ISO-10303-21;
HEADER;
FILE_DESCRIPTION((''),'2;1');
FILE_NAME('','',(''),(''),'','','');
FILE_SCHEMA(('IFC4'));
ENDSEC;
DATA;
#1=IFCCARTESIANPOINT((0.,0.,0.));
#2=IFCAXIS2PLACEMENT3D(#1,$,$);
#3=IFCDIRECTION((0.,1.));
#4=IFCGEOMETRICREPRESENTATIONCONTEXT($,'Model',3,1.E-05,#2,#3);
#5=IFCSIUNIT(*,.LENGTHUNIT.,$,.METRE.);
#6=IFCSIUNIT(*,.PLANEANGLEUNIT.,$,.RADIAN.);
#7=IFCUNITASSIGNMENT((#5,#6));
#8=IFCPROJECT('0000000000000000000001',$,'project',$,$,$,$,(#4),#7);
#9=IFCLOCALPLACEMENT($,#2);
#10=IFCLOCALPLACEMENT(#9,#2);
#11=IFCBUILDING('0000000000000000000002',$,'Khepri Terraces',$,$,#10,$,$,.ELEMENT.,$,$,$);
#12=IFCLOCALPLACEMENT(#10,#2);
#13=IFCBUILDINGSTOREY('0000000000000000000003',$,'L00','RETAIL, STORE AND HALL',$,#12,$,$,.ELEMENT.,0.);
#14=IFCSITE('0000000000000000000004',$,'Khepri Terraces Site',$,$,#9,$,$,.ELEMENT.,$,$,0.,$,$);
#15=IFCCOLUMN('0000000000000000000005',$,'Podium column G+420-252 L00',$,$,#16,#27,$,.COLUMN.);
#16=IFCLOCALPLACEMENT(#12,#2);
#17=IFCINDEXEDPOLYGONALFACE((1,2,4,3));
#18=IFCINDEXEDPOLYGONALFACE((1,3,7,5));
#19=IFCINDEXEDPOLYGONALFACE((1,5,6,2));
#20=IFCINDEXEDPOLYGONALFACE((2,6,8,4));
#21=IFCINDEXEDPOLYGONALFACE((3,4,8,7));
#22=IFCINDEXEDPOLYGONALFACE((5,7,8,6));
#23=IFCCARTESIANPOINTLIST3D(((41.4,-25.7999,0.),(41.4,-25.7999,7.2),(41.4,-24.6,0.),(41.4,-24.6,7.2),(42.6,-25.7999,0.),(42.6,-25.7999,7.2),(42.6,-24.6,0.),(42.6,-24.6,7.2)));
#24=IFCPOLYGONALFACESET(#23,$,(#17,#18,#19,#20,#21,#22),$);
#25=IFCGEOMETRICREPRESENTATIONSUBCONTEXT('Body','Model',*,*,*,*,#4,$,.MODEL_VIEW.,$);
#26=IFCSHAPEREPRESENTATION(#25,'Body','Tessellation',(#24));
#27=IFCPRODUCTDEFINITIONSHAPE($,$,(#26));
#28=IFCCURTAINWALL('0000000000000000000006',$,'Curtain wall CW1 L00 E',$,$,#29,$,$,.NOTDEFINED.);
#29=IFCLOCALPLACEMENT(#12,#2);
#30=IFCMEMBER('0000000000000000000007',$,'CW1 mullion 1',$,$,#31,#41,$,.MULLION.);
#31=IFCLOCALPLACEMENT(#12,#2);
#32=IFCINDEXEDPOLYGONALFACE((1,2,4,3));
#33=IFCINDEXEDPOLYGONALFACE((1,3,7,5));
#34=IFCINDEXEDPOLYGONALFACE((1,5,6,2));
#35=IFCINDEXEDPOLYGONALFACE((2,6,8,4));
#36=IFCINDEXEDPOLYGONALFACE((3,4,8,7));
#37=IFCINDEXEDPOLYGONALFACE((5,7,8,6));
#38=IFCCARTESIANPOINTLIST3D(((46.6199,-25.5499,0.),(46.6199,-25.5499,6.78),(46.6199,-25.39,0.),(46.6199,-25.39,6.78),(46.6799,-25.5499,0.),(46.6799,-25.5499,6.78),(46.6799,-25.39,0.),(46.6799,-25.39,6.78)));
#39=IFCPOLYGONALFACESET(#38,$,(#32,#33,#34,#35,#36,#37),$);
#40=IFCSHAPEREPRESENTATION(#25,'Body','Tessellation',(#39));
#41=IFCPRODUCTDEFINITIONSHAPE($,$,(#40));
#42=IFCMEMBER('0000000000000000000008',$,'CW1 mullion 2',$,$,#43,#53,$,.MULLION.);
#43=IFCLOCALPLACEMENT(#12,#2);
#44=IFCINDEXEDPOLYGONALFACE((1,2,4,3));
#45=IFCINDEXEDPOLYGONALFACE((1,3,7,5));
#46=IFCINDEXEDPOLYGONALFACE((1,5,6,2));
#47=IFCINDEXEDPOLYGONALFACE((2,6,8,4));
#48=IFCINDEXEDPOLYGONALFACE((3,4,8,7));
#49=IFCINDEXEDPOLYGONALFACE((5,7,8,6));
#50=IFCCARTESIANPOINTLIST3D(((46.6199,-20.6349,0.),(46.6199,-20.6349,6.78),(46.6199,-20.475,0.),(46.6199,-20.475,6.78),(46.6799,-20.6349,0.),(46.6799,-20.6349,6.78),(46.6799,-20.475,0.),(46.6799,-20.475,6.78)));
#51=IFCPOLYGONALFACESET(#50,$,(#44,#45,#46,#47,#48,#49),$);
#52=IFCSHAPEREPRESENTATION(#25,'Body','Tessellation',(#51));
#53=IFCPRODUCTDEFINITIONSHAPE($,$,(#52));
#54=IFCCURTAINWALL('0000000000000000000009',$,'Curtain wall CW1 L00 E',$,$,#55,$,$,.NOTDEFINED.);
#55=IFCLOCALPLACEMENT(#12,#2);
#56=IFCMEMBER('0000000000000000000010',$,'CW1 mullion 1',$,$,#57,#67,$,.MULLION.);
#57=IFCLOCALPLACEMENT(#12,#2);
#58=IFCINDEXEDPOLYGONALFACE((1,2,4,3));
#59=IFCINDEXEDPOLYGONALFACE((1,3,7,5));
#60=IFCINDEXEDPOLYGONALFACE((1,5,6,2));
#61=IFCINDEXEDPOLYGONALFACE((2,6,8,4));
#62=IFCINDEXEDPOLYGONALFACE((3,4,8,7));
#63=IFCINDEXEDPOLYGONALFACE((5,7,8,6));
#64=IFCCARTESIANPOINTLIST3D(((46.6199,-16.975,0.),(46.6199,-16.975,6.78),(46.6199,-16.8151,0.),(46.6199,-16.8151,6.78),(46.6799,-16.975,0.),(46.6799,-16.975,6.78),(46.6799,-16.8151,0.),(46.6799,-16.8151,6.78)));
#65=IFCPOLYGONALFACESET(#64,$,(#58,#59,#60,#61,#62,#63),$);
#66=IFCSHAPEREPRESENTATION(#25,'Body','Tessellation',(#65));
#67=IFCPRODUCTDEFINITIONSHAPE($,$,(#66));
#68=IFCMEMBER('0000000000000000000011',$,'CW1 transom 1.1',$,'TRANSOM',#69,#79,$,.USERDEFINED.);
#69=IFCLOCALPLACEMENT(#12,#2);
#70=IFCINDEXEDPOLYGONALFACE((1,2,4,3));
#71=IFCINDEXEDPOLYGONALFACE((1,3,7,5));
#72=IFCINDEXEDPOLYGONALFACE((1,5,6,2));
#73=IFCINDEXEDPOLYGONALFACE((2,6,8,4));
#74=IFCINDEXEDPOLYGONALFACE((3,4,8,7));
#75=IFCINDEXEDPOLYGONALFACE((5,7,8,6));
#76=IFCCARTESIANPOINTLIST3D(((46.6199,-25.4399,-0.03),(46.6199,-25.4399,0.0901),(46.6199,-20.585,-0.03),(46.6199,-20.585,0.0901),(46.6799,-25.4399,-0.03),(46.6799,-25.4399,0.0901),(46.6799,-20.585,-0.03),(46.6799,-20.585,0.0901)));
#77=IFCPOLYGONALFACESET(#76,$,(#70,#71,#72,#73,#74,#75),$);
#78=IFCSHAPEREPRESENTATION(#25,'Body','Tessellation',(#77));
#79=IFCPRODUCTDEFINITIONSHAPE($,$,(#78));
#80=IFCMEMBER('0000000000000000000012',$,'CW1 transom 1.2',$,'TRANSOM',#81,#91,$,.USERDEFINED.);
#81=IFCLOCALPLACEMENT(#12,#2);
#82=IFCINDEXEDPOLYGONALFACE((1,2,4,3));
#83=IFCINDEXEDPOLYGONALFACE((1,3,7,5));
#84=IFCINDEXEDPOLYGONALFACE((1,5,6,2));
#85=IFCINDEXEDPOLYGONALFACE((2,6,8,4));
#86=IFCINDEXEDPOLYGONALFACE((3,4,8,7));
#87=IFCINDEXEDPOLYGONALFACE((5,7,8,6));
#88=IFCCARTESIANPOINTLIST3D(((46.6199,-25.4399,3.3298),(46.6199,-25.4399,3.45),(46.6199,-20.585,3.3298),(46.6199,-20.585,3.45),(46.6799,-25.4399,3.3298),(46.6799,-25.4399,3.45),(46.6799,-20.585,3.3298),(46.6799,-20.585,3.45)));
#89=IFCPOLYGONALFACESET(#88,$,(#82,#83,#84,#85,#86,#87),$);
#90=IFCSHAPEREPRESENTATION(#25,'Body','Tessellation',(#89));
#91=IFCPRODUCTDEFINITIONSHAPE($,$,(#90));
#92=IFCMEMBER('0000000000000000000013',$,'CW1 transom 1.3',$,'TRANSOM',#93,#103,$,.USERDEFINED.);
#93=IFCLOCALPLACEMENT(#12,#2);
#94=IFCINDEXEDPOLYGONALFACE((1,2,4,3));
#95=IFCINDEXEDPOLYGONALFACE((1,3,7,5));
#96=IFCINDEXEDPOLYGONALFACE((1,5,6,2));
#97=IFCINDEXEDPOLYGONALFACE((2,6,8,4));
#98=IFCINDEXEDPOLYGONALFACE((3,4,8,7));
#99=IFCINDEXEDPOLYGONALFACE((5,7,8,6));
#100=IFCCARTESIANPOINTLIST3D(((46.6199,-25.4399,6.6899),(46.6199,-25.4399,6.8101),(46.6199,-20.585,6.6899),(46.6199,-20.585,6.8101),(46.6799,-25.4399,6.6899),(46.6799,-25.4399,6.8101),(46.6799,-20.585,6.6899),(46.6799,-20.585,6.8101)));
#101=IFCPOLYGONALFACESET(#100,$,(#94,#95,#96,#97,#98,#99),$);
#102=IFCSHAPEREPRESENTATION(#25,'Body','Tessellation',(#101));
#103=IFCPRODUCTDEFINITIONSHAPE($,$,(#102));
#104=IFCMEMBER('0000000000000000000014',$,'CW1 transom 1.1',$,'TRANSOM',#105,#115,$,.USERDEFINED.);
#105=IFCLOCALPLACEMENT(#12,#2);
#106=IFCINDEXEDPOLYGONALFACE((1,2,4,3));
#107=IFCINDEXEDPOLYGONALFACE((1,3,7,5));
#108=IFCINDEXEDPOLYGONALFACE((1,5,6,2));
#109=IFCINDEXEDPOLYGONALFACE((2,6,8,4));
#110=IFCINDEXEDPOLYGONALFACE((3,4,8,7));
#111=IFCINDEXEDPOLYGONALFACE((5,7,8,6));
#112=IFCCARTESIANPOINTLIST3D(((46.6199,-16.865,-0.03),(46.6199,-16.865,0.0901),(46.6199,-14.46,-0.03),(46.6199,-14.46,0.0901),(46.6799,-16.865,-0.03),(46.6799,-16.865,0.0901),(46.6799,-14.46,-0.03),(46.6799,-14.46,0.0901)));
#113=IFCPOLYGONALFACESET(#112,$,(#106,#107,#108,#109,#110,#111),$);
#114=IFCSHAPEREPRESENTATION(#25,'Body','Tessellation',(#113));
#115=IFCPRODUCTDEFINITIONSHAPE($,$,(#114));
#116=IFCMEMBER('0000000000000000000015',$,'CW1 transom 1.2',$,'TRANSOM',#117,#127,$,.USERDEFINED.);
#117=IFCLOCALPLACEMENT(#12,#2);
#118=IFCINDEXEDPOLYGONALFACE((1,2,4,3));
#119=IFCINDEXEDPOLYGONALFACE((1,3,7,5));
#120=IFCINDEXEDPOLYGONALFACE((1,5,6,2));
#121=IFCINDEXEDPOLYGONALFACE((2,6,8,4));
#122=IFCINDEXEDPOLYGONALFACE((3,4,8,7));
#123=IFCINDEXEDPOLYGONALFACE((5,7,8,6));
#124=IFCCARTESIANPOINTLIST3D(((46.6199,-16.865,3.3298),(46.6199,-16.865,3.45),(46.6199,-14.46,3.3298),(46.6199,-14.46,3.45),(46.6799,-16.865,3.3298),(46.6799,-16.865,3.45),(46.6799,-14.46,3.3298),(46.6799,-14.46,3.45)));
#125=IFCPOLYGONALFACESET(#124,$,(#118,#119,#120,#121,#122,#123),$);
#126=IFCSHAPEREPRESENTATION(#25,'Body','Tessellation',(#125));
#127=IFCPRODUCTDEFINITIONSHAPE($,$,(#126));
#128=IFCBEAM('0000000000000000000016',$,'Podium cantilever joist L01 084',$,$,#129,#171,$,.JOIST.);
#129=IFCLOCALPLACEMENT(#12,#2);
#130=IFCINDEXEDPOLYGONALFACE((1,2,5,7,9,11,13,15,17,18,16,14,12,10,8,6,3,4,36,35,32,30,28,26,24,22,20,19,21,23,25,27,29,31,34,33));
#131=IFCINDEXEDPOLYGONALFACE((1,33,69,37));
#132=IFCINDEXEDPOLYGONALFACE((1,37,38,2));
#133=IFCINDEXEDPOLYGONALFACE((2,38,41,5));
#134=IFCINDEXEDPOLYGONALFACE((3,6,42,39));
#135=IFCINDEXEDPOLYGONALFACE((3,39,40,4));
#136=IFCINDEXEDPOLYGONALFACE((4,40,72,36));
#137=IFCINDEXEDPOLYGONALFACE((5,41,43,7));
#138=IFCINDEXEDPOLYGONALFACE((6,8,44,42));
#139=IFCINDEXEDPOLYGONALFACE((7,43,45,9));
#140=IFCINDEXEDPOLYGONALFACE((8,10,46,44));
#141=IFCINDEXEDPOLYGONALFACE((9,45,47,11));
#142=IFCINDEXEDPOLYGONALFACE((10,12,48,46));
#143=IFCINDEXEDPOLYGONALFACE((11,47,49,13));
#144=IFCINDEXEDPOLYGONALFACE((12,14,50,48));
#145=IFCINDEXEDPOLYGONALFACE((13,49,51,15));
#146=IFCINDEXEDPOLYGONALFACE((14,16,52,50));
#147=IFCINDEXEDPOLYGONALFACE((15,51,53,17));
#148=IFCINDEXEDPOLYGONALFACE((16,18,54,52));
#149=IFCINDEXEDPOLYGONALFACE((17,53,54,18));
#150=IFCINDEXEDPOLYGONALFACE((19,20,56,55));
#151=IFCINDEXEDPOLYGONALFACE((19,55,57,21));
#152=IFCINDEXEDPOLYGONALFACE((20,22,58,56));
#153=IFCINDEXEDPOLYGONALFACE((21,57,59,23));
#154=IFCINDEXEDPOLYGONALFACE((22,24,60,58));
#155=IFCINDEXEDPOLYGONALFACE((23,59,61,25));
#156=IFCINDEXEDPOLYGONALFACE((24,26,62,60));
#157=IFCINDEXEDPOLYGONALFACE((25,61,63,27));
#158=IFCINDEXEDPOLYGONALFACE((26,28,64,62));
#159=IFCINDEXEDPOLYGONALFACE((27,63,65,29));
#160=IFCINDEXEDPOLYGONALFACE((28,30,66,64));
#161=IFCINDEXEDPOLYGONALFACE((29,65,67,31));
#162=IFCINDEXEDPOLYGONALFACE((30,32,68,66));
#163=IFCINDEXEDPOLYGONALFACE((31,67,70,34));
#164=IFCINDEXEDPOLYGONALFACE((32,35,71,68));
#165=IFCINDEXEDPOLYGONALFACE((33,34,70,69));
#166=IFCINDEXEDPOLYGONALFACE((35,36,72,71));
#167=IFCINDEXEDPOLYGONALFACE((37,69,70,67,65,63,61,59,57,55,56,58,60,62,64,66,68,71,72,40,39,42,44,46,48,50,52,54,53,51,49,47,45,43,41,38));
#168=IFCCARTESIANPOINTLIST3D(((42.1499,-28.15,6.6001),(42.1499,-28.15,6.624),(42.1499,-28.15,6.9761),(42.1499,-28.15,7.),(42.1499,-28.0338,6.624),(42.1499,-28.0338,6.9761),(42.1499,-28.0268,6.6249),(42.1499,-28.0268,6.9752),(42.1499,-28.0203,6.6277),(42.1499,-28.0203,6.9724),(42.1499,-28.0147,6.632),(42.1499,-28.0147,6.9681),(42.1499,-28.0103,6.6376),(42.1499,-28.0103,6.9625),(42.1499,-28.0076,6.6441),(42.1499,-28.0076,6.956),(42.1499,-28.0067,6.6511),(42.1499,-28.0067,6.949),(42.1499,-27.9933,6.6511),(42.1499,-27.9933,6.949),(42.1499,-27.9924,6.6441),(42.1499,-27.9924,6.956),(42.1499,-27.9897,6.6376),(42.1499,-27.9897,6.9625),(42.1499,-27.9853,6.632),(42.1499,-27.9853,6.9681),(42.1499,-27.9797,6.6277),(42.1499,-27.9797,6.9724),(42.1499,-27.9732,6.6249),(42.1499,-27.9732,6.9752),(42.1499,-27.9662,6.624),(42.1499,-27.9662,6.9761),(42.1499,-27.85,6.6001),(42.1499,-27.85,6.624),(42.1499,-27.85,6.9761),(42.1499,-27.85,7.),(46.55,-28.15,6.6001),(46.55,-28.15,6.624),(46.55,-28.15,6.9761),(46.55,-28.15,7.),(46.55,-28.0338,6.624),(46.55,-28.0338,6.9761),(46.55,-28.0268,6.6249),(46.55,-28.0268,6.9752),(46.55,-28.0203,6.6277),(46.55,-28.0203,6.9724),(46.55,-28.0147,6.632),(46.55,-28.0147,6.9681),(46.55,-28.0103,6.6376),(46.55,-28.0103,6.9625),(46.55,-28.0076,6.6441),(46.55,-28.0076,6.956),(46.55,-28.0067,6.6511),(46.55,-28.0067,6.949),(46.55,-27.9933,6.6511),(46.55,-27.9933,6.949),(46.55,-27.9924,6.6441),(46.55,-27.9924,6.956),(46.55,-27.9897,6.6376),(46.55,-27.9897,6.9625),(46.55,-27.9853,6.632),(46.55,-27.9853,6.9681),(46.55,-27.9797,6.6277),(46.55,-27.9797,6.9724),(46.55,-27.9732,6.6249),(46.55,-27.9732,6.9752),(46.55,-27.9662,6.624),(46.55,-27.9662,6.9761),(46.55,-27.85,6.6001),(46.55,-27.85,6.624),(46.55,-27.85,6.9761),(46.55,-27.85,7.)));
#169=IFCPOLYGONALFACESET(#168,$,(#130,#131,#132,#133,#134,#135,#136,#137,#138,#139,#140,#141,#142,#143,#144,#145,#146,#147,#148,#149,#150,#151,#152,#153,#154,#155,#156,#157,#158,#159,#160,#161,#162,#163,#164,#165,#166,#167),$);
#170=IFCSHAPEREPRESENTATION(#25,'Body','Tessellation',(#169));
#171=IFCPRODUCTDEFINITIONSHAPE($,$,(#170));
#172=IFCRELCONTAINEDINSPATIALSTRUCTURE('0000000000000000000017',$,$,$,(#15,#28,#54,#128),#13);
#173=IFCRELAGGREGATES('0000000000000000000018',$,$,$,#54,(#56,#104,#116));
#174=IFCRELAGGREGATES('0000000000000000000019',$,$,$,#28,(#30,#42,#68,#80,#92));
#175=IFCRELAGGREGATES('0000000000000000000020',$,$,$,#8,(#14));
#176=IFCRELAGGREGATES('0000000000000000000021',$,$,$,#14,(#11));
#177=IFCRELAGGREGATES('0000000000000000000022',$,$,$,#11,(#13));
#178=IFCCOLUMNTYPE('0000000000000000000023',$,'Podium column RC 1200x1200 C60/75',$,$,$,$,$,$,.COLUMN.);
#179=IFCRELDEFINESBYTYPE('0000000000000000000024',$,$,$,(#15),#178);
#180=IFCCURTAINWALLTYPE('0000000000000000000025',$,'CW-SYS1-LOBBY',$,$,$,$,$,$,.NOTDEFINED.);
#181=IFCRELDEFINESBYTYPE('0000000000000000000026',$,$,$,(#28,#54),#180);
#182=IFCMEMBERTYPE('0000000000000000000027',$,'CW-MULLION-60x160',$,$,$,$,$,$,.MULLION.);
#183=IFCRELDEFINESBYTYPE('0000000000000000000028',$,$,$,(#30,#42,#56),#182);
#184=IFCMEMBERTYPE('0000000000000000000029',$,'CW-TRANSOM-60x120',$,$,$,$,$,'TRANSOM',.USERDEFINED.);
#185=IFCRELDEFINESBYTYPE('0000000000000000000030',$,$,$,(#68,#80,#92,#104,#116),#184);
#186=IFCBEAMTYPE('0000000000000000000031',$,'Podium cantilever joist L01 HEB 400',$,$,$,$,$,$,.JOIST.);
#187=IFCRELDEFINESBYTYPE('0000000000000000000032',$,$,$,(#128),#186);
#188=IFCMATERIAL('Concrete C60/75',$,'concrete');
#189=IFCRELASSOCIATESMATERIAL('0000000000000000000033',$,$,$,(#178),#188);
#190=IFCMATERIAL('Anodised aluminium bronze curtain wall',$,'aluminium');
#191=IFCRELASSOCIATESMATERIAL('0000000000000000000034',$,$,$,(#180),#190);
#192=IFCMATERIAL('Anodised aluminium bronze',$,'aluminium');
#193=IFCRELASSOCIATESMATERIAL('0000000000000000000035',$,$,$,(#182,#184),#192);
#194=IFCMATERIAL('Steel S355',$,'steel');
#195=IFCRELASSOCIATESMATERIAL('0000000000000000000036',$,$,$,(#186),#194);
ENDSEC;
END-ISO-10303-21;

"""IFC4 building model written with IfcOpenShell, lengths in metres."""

from ifc_helpers import new_model, si_unit, direction, frame, origin, origin_2d, place, context, subcontext, project, spatial, rectangle, i_section, extrude, material, material_profile, profile_set, type_object, element, aggregate, save


model = new_model("IFC4")

# Units and contexts
model_context = context("Model", 3, precision=1e-05, world=origin(), true_north=direction((0.0, 1.0)))
body_context = subcontext(model_context, "Body", "Model", "MODEL_VIEW")
ifc_project = project(units=[si_unit("LENGTHUNIT", "METRE"), si_unit("PLANEANGLEUNIT", "RADIAN")], contexts=[model_context])

# Site, building, storey
site_placement = place(None, origin())
site = spatial("IfcSite", under=ifc_project, at=site_placement, Name="Khepri Terraces Site", CompositionType="ELEMENT", RefElevation=0.0)
building_placement = place(site_placement, origin())
building = spatial("IfcBuilding", under=site, at=building_placement, Name="Khepri Terraces", CompositionType="ELEMENT")
storey_placement = place(building_placement, origin())
storey = spatial("IfcBuildingStorey", under=building, at=storey_placement, Name="L00", Description="RETAIL, STORE AND HALL", CompositionType="ELEMENT", Elevation=0.0)

# Column
ifc_material_1 = material(Name="Concrete C60/75", Category="concrete")
ifc_material_profile_1 = material_profile(ifc_material_1, rectangle(XDim=1.2, YDim=1.2, at=origin_2d()), Name="Concrete C60/75", Category="concrete")
ifc_profile_set_1 = profile_set([ifc_material_profile_1], Name="Concrete C60/75")
column_type = type_object("IfcColumnType", Name="Podium column RC 1200x1200 C60/75", PredefinedType="COLUMN", material=ifc_profile_set_1)
column_placement = place(storey_placement, frame((42.0, -25.2, 0.0), z_axis=(0.0, 0.0, 1.0), x_axis=(1.0, 0.0, 0.0)))
element("IfcColumn", 1, at=column_placement, inside=storey, type_object=column_type, Name="Podium column G+420-252 L00", PredefinedType="COLUMN", context=body_context, shape_type="SweptSolid", body=[
    extrude(rectangle(XDim=1.2, YDim=1.2, at=origin_2d()), origin(), (0.0, 0.0, 1.0), 7.2),
])

# Curtain wall, members
ifc_material_2 = material(Name="Anodised aluminium bronze curtain wall", Category="aluminium")
curtain_wall_type = type_object("IfcCurtainWallType", Name="CW-SYS1-LOBBY", PredefinedType="NOTDEFINED", material=ifc_material_2)
curtain_wall_1_placement = place(storey_placement, origin())
curtain_wall_1 = element("IfcCurtainWall", 2, at=curtain_wall_1_placement, inside=storey, type_object=curtain_wall_type, Name="Curtain wall CW1 L00 E", PredefinedType="NOTDEFINED")
ifc_material_3 = material(Name="Anodised aluminium bronze", Category="aluminium")
ifc_material_profile_2 = material_profile(ifc_material_3, rectangle(XDim=0.0601, YDim=0.1599, at=origin_2d()), Name="Anodised aluminium bronze", Category="aluminium")
ifc_profile_set_2 = profile_set([ifc_material_profile_2], Name="Anodised aluminium bronze")
member_type_1 = type_object("IfcMemberType", Name="CW-MULLION-60x160", PredefinedType="MULLION", material=ifc_profile_set_2)
member_1_placement = place(storey_placement, frame((46.6499, -25.47, 0.0), z_axis=(0.0, 0.0, 1.0), x_axis=(-1.0, 0.0, 0.0)))
member_1 = element("IfcMember", 3, at=member_1_placement, type_object=member_type_1, Name="CW1 mullion 1", PredefinedType="MULLION", context=body_context, shape_type="SweptSolid", body=[
    extrude(rectangle(XDim=0.0601, YDim=0.1599, at=origin_2d()), origin(), (0.0, 0.0, 1.0), 6.78),
])
member_2_placement = place(storey_placement, frame((46.6499, -20.5549, 0.0), z_axis=(0.0, 0.0, 1.0), x_axis=(-1.0, 0.0, 0.0)))
member_2 = element("IfcMember", 4, at=member_2_placement, type_object=member_type_1, Name="CW1 mullion 2", PredefinedType="MULLION", context=body_context, shape_type="SweptSolid", body=[
    extrude(rectangle(XDim=0.0601, YDim=0.1599, at=origin_2d()), origin(), (0.0, 0.0, 1.0), 6.78),
])

# Curtain wall, member
curtain_wall_2_placement = place(storey_placement, origin())
curtain_wall_2 = element("IfcCurtainWall", 5, at=curtain_wall_2_placement, inside=storey, type_object=curtain_wall_type, Name="Curtain wall CW1 L00 E", PredefinedType="NOTDEFINED")
member_3_placement = place(storey_placement, frame((46.6499, -16.895, 0.0), z_axis=(0.0, 0.0, 1.0), x_axis=(-1.0, 0.0, 0.0)))
member_3 = element("IfcMember", 6, at=member_3_placement, type_object=member_type_1, Name="CW1 mullion 1", PredefinedType="MULLION", context=body_context, shape_type="SweptSolid", body=[
    extrude(rectangle(XDim=0.0601, YDim=0.1599, at=origin_2d()), origin(), (0.0, 0.0, 1.0), 6.78),
])

# Members
ifc_material_profile_3 = material_profile(ifc_material_3, rectangle(XDim=0.0601, YDim=0.1201, at=origin_2d()), Name="Anodised aluminium bronze", Category="aluminium")
ifc_profile_set_3 = profile_set([ifc_material_profile_3], Name="Anodised aluminium bronze")
member_type_2 = type_object("IfcMemberType", Name="CW-TRANSOM-60x120", ElementType="TRANSOM", PredefinedType="USERDEFINED", material=ifc_profile_set_3)
member_4_placement = place(storey_placement, frame((46.6499, -25.4399, 0.03), z_axis=(0.0, 1.0, 0.0), x_axis=(-1.0, 0.0, 0.0)))
member_4 = element("IfcMember", 7, at=member_4_placement, type_object=member_type_2, Name="CW1 transom 1.1", ObjectType="TRANSOM", PredefinedType="USERDEFINED", context=body_context, shape_type="SweptSolid", body=[
    extrude(rectangle(XDim=0.0601, YDim=0.1201, at=origin_2d()), origin(), (0.0, 0.0, 1.0), 4.855),
])
member_5_placement = place(storey_placement, frame((46.6499, -25.4399, 3.3899), z_axis=(0.0, 1.0, 0.0), x_axis=(-1.0, 0.0, 0.0)))
member_5 = element("IfcMember", 8, at=member_5_placement, type_object=member_type_2, Name="CW1 transom 1.2", ObjectType="TRANSOM", PredefinedType="USERDEFINED", context=body_context, shape_type="SweptSolid", body=[
    extrude(rectangle(XDim=0.0601, YDim=0.1201, at=origin_2d()), origin(), (0.0, 0.0, 1.0), 4.855),
])
member_6_placement = place(storey_placement, frame((46.6499, -25.4399, 6.75), z_axis=(0.0, 1.0, 0.0), x_axis=(-1.0, 0.0, 0.0)))
member_6 = element("IfcMember", 9, at=member_6_placement, type_object=member_type_2, Name="CW1 transom 1.3", ObjectType="TRANSOM", PredefinedType="USERDEFINED", context=body_context, shape_type="SweptSolid", body=[
    extrude(rectangle(XDim=0.0601, YDim=0.1201, at=origin_2d()), origin(), (0.0, 0.0, 1.0), 4.855),
])
member_7_placement = place(storey_placement, frame((46.6499, -16.865, 0.03), z_axis=(0.0, 1.0, 0.0), x_axis=(-1.0, 0.0, 0.0)))
member_7 = element("IfcMember", 10, at=member_7_placement, type_object=member_type_2, Name="CW1 transom 1.1", ObjectType="TRANSOM", PredefinedType="USERDEFINED", context=body_context, shape_type="SweptSolid", body=[
    extrude(rectangle(XDim=0.0601, YDim=0.1201, at=origin_2d()), origin(), (0.0, 0.0, 1.0), 2.405),
])
member_8_placement = place(storey_placement, frame((46.6499, -16.865, 3.3899), z_axis=(0.0, 1.0, 0.0), x_axis=(-1.0, 0.0, 0.0)))
member_8 = element("IfcMember", 11, at=member_8_placement, type_object=member_type_2, Name="CW1 transom 1.2", ObjectType="TRANSOM", PredefinedType="USERDEFINED", context=body_context, shape_type="SweptSolid", body=[
    extrude(rectangle(XDim=0.0601, YDim=0.1201, at=origin_2d()), origin(), (0.0, 0.0, 1.0), 2.405),
])
aggregate(curtain_wall_2, [member_3, member_7, member_8])

# Beam
ifc_material_4 = material(Name="Steel S355", Category="steel")
ifc_material_profile_4 = material_profile(ifc_material_4, i_section(OverallWidth=0.3, OverallDepth=0.3999, WebThickness=0.0134, FlangeThickness=0.0239, FilletRadius=0.0271, at=origin_2d()), Name="Steel S355", Category="steel")
ifc_profile_set_4 = profile_set([ifc_material_profile_4], Name="Steel S355")
beam_type_1 = type_object("IfcBeamType", Name="Podium cantilever joist L01 HEB 400", PredefinedType="JOIST", material=ifc_profile_set_4)
for number, where, z_axis, x_axis, name in (
    (12, (42.1499, -28.0, 6.8), (1.0, 0.0, 0.0), (0.0, 1.0, 0.0), "Podium cantilever joist L01 084"),
):
    element("IfcBeam", number, at=place(storey_placement, frame(where, z_axis=z_axis, x_axis=x_axis)), inside=storey, type_object=beam_type_1, Name=name, PredefinedType="JOIST", context=body_context, shape_type="SweptSolid", body=[
        extrude(i_section(OverallWidth=0.3, OverallDepth=0.3999, WebThickness=0.0134, FlangeThickness=0.0239, FilletRadius=0.0271, at=origin_2d()), origin(), (0.0, 0.0, 1.0), 4.4001),
    ])

aggregate(curtain_wall_1, [member_1, member_2, member_4, member_5, member_6])

save(model, "model.ifc")
